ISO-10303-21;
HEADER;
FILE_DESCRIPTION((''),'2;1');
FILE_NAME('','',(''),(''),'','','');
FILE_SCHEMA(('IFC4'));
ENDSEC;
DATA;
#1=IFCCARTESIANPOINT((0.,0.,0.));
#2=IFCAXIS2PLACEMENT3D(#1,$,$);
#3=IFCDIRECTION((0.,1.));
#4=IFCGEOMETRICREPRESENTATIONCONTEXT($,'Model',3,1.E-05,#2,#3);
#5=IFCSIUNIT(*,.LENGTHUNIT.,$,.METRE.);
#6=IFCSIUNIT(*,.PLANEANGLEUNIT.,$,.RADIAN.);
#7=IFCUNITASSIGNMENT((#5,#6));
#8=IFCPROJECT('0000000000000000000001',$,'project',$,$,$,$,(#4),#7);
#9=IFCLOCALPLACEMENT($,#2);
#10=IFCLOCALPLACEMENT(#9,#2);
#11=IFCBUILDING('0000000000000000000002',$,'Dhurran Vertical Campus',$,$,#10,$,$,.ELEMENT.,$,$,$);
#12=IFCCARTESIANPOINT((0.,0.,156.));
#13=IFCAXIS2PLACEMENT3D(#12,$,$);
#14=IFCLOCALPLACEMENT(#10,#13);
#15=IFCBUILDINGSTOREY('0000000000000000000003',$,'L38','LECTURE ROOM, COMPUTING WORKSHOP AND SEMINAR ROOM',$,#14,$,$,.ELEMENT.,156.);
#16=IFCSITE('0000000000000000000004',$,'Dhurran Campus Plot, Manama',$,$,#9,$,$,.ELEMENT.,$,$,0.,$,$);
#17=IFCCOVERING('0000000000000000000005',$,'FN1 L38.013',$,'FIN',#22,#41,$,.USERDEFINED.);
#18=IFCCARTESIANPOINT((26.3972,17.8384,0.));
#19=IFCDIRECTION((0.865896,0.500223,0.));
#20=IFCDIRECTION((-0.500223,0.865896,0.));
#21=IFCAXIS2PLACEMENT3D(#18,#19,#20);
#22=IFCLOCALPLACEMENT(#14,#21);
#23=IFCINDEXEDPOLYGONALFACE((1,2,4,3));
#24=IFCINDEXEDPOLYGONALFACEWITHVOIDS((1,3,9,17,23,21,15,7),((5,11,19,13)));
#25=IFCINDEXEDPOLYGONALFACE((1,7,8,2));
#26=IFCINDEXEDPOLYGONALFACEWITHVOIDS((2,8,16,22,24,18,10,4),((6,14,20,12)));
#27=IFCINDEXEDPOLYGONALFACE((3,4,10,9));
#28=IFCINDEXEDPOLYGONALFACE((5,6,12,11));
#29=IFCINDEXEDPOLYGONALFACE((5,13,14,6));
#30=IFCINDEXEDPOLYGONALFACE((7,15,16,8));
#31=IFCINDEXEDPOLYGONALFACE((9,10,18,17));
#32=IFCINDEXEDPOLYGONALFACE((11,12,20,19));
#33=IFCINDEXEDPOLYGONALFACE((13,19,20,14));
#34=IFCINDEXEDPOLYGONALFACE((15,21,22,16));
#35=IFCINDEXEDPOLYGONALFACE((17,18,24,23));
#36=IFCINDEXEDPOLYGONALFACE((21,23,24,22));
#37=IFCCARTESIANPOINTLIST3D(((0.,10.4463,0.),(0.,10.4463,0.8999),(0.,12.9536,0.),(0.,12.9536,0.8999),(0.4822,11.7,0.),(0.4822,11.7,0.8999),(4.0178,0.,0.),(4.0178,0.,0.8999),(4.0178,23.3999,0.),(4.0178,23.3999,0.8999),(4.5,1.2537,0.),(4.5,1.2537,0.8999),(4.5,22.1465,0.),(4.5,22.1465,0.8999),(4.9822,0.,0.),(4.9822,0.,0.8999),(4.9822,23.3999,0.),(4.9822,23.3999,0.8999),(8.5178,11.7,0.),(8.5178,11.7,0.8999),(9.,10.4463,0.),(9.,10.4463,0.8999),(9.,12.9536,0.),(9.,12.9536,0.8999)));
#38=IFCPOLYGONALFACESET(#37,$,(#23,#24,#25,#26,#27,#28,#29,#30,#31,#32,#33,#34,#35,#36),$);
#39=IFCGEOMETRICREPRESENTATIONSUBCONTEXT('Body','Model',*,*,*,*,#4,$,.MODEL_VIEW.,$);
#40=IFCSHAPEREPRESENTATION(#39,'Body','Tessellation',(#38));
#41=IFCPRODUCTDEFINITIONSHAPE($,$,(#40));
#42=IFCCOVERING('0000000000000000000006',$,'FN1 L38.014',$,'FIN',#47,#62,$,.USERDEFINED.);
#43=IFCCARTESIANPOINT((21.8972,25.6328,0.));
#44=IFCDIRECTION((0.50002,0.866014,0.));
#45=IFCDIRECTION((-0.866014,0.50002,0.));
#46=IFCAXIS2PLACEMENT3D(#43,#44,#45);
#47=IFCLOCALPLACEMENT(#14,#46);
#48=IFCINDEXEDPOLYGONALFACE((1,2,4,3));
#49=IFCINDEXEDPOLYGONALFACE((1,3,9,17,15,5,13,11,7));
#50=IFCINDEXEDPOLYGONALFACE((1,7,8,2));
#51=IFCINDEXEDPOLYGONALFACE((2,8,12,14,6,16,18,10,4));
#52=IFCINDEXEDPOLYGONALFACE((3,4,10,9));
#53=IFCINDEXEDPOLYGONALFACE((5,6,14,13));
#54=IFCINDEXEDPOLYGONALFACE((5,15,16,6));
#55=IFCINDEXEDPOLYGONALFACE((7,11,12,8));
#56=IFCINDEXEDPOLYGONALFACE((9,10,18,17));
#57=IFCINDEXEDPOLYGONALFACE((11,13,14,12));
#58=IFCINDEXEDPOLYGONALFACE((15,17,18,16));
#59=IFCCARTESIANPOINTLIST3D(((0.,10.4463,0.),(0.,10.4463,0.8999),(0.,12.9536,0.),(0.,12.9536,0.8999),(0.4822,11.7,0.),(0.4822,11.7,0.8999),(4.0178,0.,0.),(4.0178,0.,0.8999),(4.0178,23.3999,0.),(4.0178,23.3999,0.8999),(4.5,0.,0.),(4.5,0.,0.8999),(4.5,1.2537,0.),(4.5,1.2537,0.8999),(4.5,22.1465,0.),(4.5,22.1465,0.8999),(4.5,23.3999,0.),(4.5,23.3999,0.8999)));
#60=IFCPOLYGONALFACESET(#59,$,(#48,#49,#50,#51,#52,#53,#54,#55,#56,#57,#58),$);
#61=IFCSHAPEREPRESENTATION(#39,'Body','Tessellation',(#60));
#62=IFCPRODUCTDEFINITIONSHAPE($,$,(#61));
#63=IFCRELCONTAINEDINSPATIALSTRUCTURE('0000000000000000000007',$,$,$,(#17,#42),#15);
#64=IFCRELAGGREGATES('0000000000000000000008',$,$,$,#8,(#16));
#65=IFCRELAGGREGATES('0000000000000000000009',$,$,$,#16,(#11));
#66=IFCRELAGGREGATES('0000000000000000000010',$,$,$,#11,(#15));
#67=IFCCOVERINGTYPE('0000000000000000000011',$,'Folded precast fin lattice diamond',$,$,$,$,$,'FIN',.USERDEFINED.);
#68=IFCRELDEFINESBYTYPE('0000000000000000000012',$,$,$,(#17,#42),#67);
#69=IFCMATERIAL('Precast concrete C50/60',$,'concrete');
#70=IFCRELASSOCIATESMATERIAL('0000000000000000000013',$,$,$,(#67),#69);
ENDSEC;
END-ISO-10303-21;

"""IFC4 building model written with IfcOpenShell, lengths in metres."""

from ifc_helpers import new_model, si_unit, direction, frame, origin, place, context, subcontext, project, spatial, polyline, outline, extrude, material, type_object, element, save


model = new_model("IFC4")

# Units and contexts
model_context = context("Model", 3, precision=1e-05, world=origin(), true_north=direction((0.0, 1.0)))
body_context = subcontext(model_context, "Body", "Model", "MODEL_VIEW")
ifc_project = project(units=[si_unit("LENGTHUNIT", "METRE"), si_unit("PLANEANGLEUNIT", "RADIAN")], contexts=[model_context])

# Site, building, storey
site_placement = place(None, origin())
site = spatial("IfcSite", under=ifc_project, at=site_placement, Name="Dhurran Campus Plot, Manama", CompositionType="ELEMENT", RefElevation=0.0)
building_placement = place(site_placement, origin())
building = spatial("IfcBuilding", under=site, at=building_placement, Name="Dhurran Vertical Campus", CompositionType="ELEMENT")
storey_placement = place(building_placement, frame((0.0, 0.0, 156.0)))
storey = spatial("IfcBuildingStorey", under=building, at=storey_placement, Name="L38", Description="LECTURE ROOM, COMPUTING WORKSHOP AND SEMINAR ROOM", CompositionType="ELEMENT", Elevation=156.0)

# Coverings
ifc_material_1 = material(Name="Precast concrete C50/60", Category="concrete")
covering_type = type_object("IfcCoveringType", Name="Folded precast fin lattice diamond", ElementType="FIN", PredefinedType="USERDEFINED", material=ifc_material_1)
covering_1_placement = place(storey_placement, frame((26.3972, 17.8384, 0.0), z_axis=(0.865896, 0.500223, 0.0), x_axis=(-0.500223, 0.865896, 0.0)))
element("IfcCovering", 1, at=covering_1_placement, inside=storey, type_object=covering_type, Name="FN1 L38.013", ObjectType="FIN", PredefinedType="USERDEFINED", context=body_context, shape_type="SweptSolid", body=[
    extrude(outline(polyline([(9.0, 12.9536), (9.0, 10.4463), (4.9822, 0.0), (4.0178, 0.0), (0.0, 10.4463), (0.0, 12.9536), (4.0178, 23.3999), (4.9822, 23.3999), (9.0, 12.9536)]), holes=[polyline([(8.5178, 11.7), (4.5, 22.1465), (0.4822, 11.7), (4.5, 1.2537), (8.5178, 11.7)])]), origin(), (0.0, 0.0, 1.0), 0.8999),
])
covering_2_placement = place(storey_placement, frame((21.8972, 25.6328, 0.0), z_axis=(0.50002, 0.866014, 0.0), x_axis=(-0.866014, 0.50002, 0.0)))
element("IfcCovering", 2, at=covering_2_placement, inside=storey, type_object=covering_type, Name="FN1 L38.014", ObjectType="FIN", PredefinedType="USERDEFINED", context=body_context, shape_type="SweptSolid", body=[
    extrude(outline(polyline([(4.0178, 0.0), (0.0, 10.4463), (0.0, 12.9536), (4.0178, 23.3999), (4.5, 23.3999), (4.5, 22.1465), (0.4822, 11.7), (4.5, 1.2537), (4.5, 0.0), (4.0178, 0.0)])), origin(), (0.0, 0.0, 1.0), 0.8999),
])

save(model, "model.ifc")
